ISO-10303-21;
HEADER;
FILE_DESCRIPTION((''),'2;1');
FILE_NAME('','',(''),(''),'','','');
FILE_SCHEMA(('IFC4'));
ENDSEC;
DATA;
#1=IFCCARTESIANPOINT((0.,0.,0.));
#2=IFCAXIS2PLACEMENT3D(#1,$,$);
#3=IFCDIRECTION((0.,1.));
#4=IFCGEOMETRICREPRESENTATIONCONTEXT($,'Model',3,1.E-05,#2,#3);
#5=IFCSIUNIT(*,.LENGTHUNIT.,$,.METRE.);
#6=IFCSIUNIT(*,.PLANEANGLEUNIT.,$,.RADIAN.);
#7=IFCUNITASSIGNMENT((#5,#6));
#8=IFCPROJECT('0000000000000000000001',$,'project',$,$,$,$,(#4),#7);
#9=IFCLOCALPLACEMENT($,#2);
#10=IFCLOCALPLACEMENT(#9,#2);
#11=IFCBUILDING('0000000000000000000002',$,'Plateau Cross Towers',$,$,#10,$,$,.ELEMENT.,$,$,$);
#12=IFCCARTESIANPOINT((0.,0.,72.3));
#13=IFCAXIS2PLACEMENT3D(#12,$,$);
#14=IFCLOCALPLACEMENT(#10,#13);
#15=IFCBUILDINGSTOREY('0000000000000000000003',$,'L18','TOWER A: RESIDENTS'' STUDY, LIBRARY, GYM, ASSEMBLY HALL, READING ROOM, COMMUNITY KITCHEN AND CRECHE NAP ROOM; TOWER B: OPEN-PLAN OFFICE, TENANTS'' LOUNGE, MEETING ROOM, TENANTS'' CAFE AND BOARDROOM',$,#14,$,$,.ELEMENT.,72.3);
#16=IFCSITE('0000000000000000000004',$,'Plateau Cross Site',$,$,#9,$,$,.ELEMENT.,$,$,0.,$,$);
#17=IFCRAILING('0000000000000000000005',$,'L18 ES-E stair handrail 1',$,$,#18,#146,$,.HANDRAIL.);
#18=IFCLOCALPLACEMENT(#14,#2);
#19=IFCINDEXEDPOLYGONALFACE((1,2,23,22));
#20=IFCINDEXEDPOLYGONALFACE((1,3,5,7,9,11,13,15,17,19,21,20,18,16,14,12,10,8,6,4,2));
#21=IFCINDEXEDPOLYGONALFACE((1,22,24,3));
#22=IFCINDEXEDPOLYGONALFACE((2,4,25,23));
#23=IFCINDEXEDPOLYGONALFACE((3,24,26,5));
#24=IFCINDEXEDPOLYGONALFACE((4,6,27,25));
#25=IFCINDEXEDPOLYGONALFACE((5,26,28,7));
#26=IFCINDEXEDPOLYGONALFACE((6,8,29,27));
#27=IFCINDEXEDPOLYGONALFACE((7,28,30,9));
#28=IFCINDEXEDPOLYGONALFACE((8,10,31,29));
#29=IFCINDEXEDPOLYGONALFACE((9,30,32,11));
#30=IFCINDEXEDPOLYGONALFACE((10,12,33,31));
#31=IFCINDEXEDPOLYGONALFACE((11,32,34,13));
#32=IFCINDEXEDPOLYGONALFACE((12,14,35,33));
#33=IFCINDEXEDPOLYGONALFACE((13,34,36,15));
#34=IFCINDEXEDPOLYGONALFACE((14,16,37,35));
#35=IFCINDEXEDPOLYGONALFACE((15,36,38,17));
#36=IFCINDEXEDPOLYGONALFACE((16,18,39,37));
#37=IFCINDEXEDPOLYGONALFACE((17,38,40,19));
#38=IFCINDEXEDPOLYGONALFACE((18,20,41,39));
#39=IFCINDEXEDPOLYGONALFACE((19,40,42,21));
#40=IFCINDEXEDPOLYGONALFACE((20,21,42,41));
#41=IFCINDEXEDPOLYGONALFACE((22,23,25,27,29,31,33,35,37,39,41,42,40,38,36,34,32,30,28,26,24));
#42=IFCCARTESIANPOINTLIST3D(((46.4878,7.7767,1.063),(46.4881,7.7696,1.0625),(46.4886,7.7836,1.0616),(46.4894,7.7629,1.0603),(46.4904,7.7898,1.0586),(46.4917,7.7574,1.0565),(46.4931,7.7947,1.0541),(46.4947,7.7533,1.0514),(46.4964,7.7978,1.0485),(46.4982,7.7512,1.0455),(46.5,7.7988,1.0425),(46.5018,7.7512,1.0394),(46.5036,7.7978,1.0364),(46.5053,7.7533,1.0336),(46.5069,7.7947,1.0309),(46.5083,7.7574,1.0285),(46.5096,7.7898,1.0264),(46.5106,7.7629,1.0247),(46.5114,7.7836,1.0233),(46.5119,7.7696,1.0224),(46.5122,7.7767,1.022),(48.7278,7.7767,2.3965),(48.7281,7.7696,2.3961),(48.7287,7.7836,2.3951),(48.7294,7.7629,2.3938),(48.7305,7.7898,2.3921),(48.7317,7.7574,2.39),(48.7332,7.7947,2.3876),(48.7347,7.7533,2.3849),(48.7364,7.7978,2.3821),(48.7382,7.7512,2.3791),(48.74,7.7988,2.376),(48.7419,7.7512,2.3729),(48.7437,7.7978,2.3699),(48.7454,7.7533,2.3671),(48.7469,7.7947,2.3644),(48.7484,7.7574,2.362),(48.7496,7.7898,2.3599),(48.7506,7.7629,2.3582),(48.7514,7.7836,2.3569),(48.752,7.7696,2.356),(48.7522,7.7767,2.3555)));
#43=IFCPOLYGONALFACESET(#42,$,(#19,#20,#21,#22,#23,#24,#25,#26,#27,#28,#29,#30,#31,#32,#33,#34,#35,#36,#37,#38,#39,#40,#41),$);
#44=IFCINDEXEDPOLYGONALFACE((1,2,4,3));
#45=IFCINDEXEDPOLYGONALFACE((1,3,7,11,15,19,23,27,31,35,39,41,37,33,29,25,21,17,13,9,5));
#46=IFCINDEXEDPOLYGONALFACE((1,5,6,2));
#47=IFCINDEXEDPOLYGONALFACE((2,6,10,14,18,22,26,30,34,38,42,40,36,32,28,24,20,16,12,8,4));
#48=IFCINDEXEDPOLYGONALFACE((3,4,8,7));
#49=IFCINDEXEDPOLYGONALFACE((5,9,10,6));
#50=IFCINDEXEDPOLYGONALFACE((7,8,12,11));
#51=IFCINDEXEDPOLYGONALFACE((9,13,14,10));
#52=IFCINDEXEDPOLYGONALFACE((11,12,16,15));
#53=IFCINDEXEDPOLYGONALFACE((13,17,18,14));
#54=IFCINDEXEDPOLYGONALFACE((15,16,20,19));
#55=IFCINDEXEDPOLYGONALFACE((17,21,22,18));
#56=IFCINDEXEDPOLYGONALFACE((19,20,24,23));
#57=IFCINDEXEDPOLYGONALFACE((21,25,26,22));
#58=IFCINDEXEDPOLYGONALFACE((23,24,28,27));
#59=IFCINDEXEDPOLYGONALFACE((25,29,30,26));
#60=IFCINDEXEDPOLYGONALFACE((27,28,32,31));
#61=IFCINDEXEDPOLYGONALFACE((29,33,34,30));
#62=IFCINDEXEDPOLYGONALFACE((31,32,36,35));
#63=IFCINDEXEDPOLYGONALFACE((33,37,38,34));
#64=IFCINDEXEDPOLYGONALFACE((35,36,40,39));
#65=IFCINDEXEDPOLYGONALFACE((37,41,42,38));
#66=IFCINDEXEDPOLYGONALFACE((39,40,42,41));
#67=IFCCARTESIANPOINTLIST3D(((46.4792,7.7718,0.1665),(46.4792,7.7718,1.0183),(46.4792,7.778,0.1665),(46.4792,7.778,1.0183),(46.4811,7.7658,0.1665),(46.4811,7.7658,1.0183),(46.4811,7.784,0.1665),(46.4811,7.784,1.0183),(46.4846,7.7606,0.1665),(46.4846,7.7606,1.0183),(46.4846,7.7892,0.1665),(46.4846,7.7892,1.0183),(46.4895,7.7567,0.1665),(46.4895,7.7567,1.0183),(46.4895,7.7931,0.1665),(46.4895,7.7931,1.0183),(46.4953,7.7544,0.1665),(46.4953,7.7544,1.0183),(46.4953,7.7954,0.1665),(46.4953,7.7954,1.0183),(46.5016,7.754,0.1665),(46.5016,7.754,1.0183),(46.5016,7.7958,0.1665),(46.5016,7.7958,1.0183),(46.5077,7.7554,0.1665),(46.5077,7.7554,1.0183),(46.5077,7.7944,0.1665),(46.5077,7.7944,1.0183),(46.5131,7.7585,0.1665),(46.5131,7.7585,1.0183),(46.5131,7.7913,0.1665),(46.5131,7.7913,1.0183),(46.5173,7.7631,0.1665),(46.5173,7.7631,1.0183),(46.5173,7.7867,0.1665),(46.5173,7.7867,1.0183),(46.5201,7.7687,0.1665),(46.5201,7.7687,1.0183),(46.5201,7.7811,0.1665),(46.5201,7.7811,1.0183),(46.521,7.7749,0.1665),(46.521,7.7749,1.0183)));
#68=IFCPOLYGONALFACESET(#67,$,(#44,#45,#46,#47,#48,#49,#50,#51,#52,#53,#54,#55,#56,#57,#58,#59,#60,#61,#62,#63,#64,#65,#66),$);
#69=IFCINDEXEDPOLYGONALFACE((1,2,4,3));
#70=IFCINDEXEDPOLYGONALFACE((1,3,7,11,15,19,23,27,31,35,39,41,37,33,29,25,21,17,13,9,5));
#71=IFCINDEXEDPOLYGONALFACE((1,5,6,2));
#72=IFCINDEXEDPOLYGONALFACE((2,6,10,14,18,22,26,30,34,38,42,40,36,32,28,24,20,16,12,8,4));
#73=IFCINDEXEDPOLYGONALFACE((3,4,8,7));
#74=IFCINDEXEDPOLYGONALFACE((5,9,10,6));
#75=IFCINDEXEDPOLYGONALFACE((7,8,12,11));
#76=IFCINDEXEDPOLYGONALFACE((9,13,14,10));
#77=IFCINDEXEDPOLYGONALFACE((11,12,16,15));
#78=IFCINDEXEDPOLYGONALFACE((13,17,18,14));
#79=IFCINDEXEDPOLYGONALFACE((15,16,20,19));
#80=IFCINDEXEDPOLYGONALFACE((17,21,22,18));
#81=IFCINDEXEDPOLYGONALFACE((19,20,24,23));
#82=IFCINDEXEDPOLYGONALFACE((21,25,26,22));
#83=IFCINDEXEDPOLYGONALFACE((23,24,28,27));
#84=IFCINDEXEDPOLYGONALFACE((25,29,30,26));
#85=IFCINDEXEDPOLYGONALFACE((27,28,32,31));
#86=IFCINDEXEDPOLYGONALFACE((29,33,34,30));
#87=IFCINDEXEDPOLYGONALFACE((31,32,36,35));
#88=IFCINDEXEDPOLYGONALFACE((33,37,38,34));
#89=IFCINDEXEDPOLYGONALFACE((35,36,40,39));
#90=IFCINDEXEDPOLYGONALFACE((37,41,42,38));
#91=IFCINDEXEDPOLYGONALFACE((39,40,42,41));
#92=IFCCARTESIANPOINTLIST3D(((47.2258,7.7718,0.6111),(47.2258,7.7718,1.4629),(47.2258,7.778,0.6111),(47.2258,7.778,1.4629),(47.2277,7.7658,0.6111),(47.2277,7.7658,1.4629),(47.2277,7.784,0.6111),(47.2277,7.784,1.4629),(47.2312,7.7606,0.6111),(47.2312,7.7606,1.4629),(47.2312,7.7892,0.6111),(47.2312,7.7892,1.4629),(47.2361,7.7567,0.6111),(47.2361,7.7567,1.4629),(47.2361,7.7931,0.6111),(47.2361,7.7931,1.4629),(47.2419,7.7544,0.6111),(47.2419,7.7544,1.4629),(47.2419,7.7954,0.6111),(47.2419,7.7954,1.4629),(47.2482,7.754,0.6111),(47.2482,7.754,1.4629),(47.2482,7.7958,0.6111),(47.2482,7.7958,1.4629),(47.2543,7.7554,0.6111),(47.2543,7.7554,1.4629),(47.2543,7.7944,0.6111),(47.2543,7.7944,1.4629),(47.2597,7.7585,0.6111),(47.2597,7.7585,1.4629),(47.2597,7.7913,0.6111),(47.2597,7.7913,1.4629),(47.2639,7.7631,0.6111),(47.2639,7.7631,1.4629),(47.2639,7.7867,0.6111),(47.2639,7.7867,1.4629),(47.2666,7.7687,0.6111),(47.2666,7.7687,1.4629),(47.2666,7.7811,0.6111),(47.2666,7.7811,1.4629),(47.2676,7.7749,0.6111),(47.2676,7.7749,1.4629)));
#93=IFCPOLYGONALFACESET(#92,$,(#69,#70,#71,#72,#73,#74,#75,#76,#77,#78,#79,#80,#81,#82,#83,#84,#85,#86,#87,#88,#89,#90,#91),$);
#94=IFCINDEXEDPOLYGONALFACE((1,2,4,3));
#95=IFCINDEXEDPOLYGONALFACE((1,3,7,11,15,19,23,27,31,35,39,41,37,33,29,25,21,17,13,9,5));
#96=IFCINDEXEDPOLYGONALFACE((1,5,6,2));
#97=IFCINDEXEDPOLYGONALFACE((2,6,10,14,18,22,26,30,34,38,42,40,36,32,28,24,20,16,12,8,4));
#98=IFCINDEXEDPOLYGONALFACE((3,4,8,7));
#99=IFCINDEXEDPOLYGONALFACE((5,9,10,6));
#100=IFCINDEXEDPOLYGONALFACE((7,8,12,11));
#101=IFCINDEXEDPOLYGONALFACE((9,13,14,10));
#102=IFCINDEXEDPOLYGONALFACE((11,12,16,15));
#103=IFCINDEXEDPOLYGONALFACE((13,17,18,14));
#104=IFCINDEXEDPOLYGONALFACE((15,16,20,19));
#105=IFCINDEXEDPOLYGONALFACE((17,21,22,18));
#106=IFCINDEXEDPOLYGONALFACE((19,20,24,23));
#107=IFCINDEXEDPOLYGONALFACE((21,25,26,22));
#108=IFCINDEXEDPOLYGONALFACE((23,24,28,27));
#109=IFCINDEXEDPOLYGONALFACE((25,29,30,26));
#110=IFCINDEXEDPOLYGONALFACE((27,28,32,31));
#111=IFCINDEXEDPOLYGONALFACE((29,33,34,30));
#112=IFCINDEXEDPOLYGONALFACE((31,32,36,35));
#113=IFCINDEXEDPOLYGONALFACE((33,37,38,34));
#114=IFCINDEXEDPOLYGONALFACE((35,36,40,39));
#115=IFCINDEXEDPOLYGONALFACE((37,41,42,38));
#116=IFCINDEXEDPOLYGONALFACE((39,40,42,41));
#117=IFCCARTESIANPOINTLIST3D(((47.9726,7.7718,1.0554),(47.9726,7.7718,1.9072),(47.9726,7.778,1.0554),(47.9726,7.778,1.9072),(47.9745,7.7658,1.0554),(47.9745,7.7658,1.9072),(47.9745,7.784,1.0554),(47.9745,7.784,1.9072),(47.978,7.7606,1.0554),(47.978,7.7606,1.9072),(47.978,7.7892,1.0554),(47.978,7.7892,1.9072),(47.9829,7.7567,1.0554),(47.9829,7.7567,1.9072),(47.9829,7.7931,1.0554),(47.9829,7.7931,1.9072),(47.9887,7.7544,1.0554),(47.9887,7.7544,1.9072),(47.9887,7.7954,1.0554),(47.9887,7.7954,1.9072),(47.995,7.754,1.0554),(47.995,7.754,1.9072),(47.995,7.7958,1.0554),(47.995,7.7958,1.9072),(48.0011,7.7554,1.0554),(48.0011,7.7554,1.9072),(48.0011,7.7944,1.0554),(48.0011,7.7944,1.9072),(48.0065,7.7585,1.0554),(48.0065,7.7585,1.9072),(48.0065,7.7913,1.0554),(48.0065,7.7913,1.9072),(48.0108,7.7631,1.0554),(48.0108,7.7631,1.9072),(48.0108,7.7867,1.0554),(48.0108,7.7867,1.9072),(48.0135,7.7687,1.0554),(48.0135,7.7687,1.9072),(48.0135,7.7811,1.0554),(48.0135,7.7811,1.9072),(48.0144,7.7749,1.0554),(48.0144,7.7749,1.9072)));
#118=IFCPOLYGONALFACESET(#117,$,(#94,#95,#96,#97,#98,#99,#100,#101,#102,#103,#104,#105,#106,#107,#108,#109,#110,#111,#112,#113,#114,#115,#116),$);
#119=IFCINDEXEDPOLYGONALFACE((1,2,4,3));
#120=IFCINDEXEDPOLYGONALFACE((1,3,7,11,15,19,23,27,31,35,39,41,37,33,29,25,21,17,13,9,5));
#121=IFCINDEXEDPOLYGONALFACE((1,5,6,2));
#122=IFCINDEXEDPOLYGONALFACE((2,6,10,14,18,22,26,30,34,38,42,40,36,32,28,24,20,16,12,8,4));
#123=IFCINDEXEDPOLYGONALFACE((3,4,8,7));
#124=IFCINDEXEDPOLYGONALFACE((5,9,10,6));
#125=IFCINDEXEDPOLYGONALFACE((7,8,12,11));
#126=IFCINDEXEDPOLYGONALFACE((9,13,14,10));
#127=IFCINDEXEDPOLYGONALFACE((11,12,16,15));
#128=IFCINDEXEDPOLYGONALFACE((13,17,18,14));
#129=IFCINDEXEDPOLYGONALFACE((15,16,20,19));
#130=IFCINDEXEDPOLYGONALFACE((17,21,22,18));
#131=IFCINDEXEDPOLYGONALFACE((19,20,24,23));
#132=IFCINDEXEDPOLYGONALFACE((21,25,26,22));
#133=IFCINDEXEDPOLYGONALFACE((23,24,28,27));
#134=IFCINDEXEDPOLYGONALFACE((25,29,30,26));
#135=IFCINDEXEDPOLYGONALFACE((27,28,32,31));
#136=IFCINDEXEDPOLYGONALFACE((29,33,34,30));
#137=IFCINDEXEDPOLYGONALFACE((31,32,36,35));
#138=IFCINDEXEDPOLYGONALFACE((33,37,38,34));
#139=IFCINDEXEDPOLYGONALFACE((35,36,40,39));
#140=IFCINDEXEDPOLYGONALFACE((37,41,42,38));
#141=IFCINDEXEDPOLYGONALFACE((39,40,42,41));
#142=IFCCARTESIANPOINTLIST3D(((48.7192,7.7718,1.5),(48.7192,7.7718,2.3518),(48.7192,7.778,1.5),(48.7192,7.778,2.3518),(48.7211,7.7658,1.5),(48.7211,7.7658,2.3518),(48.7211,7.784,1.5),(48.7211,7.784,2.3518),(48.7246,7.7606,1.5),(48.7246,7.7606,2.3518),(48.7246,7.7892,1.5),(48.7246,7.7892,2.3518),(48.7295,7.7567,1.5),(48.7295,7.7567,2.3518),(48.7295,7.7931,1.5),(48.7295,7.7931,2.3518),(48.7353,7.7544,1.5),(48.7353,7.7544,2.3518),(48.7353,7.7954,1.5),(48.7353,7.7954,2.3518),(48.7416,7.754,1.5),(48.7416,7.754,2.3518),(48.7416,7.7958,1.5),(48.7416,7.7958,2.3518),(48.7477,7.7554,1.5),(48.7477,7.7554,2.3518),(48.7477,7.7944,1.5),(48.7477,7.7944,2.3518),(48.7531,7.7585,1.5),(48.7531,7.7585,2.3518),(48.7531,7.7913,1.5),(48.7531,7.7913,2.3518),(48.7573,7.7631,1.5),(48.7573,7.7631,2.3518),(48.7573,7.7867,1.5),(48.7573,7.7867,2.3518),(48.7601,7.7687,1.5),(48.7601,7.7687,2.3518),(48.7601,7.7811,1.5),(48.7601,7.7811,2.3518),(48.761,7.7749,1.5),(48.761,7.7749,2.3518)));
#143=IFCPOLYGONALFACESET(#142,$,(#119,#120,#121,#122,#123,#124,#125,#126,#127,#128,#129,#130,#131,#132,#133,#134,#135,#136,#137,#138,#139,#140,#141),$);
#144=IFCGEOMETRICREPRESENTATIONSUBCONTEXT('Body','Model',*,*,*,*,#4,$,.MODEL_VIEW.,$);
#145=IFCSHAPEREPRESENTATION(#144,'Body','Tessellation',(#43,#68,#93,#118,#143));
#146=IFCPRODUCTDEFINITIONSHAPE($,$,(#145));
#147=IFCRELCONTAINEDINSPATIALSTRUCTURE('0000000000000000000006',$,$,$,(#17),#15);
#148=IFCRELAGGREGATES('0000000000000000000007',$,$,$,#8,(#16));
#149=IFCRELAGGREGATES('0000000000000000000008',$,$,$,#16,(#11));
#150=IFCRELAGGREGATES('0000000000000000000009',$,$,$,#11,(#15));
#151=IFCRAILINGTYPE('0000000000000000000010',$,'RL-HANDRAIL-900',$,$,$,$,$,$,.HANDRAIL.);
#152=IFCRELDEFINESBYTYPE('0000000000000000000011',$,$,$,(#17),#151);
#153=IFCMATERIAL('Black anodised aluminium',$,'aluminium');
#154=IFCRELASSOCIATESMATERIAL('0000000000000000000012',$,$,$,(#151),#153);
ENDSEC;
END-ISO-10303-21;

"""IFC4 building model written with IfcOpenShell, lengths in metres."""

from ifc_helpers import new_model, si_unit, direction, frame, origin, origin_2d, place, context, subcontext, project, spatial, circle, extrude, material, type_object, element, save


model = new_model("IFC4")

# Units and contexts
model_context = context("Model", 3, precision=1e-05, world=origin(), true_north=direction((0.0, 1.0)))
body_context = subcontext(model_context, "Body", "Model", "MODEL_VIEW")
ifc_project = project(units=[si_unit("LENGTHUNIT", "METRE"), si_unit("PLANEANGLEUNIT", "RADIAN")], contexts=[model_context])

# Site, building, storey
site_placement = place(None, origin())
site = spatial("IfcSite", under=ifc_project, at=site_placement, Name="Plateau Cross Site", CompositionType="ELEMENT", RefElevation=0.0)
building_placement = place(site_placement, origin())
building = spatial("IfcBuilding", under=site, at=building_placement, Name="Plateau Cross Towers", CompositionType="ELEMENT")
storey_placement = place(building_placement, frame((0.0, 0.0, 72.3)))
storey = spatial("IfcBuildingStorey", under=building, at=storey_placement, Name="L18", Description="TOWER A: RESIDENTS' STUDY, LIBRARY, GYM, ASSEMBLY HALL, READING ROOM, COMMUNITY KITCHEN AND CRECHE NAP ROOM; TOWER B: OPEN-PLAN OFFICE, TENANTS' LOUNGE, MEETING ROOM, TENANTS' CAFE AND BOARDROOM", CompositionType="ELEMENT", Elevation=72.3)

# Shared definitions
ifc_material_1 = material(Name="Black anodised aluminium", Category="aluminium")

# Railing
railing_type_1 = type_object("IfcRailingType", Name="RL-HANDRAIL-900", PredefinedType="HANDRAIL", material=ifc_material_1)
for number, where, name in (
    (1, (46.5, 7.7749, 0.1665), "L18 ES-E stair handrail 1"),
):
    element("IfcRailing", number, at=place(storey_placement, frame(where)), inside=storey, type_object=railing_type_1, Name=name, PredefinedType="HANDRAIL", context=body_context, shape_type="SweptSolid", body=[
        extrude(circle(Radius=0.0239, at=origin_2d()), frame((0.0, 0.0, 0.876), z_axis=(0.859264, 0.0, 0.511532), x_axis=(0.0, 1.0, 0.0)), (0.0, 0.0, 1.0), 2.6069),
        extrude(circle(Radius=0.021, at=origin_2d()), origin(), (0.0, 0.0, 1.0), 0.8518),
        extrude(circle(Radius=0.021, at=origin_2d()), frame((0.7466, 0.0, 0.4446)), (0.0, 0.0, 1.0), 0.8518),
        extrude(circle(Radius=0.021, at=origin_2d()), frame((1.4934, 0.0, 0.8889)), (0.0, 0.0, 1.0), 0.8518),
        extrude(circle(Radius=0.021, at=origin_2d()), frame((2.24, 0.0, 1.3335)), (0.0, 0.0, 1.0), 0.8518),
    ])

save(model, "model.ifc")
